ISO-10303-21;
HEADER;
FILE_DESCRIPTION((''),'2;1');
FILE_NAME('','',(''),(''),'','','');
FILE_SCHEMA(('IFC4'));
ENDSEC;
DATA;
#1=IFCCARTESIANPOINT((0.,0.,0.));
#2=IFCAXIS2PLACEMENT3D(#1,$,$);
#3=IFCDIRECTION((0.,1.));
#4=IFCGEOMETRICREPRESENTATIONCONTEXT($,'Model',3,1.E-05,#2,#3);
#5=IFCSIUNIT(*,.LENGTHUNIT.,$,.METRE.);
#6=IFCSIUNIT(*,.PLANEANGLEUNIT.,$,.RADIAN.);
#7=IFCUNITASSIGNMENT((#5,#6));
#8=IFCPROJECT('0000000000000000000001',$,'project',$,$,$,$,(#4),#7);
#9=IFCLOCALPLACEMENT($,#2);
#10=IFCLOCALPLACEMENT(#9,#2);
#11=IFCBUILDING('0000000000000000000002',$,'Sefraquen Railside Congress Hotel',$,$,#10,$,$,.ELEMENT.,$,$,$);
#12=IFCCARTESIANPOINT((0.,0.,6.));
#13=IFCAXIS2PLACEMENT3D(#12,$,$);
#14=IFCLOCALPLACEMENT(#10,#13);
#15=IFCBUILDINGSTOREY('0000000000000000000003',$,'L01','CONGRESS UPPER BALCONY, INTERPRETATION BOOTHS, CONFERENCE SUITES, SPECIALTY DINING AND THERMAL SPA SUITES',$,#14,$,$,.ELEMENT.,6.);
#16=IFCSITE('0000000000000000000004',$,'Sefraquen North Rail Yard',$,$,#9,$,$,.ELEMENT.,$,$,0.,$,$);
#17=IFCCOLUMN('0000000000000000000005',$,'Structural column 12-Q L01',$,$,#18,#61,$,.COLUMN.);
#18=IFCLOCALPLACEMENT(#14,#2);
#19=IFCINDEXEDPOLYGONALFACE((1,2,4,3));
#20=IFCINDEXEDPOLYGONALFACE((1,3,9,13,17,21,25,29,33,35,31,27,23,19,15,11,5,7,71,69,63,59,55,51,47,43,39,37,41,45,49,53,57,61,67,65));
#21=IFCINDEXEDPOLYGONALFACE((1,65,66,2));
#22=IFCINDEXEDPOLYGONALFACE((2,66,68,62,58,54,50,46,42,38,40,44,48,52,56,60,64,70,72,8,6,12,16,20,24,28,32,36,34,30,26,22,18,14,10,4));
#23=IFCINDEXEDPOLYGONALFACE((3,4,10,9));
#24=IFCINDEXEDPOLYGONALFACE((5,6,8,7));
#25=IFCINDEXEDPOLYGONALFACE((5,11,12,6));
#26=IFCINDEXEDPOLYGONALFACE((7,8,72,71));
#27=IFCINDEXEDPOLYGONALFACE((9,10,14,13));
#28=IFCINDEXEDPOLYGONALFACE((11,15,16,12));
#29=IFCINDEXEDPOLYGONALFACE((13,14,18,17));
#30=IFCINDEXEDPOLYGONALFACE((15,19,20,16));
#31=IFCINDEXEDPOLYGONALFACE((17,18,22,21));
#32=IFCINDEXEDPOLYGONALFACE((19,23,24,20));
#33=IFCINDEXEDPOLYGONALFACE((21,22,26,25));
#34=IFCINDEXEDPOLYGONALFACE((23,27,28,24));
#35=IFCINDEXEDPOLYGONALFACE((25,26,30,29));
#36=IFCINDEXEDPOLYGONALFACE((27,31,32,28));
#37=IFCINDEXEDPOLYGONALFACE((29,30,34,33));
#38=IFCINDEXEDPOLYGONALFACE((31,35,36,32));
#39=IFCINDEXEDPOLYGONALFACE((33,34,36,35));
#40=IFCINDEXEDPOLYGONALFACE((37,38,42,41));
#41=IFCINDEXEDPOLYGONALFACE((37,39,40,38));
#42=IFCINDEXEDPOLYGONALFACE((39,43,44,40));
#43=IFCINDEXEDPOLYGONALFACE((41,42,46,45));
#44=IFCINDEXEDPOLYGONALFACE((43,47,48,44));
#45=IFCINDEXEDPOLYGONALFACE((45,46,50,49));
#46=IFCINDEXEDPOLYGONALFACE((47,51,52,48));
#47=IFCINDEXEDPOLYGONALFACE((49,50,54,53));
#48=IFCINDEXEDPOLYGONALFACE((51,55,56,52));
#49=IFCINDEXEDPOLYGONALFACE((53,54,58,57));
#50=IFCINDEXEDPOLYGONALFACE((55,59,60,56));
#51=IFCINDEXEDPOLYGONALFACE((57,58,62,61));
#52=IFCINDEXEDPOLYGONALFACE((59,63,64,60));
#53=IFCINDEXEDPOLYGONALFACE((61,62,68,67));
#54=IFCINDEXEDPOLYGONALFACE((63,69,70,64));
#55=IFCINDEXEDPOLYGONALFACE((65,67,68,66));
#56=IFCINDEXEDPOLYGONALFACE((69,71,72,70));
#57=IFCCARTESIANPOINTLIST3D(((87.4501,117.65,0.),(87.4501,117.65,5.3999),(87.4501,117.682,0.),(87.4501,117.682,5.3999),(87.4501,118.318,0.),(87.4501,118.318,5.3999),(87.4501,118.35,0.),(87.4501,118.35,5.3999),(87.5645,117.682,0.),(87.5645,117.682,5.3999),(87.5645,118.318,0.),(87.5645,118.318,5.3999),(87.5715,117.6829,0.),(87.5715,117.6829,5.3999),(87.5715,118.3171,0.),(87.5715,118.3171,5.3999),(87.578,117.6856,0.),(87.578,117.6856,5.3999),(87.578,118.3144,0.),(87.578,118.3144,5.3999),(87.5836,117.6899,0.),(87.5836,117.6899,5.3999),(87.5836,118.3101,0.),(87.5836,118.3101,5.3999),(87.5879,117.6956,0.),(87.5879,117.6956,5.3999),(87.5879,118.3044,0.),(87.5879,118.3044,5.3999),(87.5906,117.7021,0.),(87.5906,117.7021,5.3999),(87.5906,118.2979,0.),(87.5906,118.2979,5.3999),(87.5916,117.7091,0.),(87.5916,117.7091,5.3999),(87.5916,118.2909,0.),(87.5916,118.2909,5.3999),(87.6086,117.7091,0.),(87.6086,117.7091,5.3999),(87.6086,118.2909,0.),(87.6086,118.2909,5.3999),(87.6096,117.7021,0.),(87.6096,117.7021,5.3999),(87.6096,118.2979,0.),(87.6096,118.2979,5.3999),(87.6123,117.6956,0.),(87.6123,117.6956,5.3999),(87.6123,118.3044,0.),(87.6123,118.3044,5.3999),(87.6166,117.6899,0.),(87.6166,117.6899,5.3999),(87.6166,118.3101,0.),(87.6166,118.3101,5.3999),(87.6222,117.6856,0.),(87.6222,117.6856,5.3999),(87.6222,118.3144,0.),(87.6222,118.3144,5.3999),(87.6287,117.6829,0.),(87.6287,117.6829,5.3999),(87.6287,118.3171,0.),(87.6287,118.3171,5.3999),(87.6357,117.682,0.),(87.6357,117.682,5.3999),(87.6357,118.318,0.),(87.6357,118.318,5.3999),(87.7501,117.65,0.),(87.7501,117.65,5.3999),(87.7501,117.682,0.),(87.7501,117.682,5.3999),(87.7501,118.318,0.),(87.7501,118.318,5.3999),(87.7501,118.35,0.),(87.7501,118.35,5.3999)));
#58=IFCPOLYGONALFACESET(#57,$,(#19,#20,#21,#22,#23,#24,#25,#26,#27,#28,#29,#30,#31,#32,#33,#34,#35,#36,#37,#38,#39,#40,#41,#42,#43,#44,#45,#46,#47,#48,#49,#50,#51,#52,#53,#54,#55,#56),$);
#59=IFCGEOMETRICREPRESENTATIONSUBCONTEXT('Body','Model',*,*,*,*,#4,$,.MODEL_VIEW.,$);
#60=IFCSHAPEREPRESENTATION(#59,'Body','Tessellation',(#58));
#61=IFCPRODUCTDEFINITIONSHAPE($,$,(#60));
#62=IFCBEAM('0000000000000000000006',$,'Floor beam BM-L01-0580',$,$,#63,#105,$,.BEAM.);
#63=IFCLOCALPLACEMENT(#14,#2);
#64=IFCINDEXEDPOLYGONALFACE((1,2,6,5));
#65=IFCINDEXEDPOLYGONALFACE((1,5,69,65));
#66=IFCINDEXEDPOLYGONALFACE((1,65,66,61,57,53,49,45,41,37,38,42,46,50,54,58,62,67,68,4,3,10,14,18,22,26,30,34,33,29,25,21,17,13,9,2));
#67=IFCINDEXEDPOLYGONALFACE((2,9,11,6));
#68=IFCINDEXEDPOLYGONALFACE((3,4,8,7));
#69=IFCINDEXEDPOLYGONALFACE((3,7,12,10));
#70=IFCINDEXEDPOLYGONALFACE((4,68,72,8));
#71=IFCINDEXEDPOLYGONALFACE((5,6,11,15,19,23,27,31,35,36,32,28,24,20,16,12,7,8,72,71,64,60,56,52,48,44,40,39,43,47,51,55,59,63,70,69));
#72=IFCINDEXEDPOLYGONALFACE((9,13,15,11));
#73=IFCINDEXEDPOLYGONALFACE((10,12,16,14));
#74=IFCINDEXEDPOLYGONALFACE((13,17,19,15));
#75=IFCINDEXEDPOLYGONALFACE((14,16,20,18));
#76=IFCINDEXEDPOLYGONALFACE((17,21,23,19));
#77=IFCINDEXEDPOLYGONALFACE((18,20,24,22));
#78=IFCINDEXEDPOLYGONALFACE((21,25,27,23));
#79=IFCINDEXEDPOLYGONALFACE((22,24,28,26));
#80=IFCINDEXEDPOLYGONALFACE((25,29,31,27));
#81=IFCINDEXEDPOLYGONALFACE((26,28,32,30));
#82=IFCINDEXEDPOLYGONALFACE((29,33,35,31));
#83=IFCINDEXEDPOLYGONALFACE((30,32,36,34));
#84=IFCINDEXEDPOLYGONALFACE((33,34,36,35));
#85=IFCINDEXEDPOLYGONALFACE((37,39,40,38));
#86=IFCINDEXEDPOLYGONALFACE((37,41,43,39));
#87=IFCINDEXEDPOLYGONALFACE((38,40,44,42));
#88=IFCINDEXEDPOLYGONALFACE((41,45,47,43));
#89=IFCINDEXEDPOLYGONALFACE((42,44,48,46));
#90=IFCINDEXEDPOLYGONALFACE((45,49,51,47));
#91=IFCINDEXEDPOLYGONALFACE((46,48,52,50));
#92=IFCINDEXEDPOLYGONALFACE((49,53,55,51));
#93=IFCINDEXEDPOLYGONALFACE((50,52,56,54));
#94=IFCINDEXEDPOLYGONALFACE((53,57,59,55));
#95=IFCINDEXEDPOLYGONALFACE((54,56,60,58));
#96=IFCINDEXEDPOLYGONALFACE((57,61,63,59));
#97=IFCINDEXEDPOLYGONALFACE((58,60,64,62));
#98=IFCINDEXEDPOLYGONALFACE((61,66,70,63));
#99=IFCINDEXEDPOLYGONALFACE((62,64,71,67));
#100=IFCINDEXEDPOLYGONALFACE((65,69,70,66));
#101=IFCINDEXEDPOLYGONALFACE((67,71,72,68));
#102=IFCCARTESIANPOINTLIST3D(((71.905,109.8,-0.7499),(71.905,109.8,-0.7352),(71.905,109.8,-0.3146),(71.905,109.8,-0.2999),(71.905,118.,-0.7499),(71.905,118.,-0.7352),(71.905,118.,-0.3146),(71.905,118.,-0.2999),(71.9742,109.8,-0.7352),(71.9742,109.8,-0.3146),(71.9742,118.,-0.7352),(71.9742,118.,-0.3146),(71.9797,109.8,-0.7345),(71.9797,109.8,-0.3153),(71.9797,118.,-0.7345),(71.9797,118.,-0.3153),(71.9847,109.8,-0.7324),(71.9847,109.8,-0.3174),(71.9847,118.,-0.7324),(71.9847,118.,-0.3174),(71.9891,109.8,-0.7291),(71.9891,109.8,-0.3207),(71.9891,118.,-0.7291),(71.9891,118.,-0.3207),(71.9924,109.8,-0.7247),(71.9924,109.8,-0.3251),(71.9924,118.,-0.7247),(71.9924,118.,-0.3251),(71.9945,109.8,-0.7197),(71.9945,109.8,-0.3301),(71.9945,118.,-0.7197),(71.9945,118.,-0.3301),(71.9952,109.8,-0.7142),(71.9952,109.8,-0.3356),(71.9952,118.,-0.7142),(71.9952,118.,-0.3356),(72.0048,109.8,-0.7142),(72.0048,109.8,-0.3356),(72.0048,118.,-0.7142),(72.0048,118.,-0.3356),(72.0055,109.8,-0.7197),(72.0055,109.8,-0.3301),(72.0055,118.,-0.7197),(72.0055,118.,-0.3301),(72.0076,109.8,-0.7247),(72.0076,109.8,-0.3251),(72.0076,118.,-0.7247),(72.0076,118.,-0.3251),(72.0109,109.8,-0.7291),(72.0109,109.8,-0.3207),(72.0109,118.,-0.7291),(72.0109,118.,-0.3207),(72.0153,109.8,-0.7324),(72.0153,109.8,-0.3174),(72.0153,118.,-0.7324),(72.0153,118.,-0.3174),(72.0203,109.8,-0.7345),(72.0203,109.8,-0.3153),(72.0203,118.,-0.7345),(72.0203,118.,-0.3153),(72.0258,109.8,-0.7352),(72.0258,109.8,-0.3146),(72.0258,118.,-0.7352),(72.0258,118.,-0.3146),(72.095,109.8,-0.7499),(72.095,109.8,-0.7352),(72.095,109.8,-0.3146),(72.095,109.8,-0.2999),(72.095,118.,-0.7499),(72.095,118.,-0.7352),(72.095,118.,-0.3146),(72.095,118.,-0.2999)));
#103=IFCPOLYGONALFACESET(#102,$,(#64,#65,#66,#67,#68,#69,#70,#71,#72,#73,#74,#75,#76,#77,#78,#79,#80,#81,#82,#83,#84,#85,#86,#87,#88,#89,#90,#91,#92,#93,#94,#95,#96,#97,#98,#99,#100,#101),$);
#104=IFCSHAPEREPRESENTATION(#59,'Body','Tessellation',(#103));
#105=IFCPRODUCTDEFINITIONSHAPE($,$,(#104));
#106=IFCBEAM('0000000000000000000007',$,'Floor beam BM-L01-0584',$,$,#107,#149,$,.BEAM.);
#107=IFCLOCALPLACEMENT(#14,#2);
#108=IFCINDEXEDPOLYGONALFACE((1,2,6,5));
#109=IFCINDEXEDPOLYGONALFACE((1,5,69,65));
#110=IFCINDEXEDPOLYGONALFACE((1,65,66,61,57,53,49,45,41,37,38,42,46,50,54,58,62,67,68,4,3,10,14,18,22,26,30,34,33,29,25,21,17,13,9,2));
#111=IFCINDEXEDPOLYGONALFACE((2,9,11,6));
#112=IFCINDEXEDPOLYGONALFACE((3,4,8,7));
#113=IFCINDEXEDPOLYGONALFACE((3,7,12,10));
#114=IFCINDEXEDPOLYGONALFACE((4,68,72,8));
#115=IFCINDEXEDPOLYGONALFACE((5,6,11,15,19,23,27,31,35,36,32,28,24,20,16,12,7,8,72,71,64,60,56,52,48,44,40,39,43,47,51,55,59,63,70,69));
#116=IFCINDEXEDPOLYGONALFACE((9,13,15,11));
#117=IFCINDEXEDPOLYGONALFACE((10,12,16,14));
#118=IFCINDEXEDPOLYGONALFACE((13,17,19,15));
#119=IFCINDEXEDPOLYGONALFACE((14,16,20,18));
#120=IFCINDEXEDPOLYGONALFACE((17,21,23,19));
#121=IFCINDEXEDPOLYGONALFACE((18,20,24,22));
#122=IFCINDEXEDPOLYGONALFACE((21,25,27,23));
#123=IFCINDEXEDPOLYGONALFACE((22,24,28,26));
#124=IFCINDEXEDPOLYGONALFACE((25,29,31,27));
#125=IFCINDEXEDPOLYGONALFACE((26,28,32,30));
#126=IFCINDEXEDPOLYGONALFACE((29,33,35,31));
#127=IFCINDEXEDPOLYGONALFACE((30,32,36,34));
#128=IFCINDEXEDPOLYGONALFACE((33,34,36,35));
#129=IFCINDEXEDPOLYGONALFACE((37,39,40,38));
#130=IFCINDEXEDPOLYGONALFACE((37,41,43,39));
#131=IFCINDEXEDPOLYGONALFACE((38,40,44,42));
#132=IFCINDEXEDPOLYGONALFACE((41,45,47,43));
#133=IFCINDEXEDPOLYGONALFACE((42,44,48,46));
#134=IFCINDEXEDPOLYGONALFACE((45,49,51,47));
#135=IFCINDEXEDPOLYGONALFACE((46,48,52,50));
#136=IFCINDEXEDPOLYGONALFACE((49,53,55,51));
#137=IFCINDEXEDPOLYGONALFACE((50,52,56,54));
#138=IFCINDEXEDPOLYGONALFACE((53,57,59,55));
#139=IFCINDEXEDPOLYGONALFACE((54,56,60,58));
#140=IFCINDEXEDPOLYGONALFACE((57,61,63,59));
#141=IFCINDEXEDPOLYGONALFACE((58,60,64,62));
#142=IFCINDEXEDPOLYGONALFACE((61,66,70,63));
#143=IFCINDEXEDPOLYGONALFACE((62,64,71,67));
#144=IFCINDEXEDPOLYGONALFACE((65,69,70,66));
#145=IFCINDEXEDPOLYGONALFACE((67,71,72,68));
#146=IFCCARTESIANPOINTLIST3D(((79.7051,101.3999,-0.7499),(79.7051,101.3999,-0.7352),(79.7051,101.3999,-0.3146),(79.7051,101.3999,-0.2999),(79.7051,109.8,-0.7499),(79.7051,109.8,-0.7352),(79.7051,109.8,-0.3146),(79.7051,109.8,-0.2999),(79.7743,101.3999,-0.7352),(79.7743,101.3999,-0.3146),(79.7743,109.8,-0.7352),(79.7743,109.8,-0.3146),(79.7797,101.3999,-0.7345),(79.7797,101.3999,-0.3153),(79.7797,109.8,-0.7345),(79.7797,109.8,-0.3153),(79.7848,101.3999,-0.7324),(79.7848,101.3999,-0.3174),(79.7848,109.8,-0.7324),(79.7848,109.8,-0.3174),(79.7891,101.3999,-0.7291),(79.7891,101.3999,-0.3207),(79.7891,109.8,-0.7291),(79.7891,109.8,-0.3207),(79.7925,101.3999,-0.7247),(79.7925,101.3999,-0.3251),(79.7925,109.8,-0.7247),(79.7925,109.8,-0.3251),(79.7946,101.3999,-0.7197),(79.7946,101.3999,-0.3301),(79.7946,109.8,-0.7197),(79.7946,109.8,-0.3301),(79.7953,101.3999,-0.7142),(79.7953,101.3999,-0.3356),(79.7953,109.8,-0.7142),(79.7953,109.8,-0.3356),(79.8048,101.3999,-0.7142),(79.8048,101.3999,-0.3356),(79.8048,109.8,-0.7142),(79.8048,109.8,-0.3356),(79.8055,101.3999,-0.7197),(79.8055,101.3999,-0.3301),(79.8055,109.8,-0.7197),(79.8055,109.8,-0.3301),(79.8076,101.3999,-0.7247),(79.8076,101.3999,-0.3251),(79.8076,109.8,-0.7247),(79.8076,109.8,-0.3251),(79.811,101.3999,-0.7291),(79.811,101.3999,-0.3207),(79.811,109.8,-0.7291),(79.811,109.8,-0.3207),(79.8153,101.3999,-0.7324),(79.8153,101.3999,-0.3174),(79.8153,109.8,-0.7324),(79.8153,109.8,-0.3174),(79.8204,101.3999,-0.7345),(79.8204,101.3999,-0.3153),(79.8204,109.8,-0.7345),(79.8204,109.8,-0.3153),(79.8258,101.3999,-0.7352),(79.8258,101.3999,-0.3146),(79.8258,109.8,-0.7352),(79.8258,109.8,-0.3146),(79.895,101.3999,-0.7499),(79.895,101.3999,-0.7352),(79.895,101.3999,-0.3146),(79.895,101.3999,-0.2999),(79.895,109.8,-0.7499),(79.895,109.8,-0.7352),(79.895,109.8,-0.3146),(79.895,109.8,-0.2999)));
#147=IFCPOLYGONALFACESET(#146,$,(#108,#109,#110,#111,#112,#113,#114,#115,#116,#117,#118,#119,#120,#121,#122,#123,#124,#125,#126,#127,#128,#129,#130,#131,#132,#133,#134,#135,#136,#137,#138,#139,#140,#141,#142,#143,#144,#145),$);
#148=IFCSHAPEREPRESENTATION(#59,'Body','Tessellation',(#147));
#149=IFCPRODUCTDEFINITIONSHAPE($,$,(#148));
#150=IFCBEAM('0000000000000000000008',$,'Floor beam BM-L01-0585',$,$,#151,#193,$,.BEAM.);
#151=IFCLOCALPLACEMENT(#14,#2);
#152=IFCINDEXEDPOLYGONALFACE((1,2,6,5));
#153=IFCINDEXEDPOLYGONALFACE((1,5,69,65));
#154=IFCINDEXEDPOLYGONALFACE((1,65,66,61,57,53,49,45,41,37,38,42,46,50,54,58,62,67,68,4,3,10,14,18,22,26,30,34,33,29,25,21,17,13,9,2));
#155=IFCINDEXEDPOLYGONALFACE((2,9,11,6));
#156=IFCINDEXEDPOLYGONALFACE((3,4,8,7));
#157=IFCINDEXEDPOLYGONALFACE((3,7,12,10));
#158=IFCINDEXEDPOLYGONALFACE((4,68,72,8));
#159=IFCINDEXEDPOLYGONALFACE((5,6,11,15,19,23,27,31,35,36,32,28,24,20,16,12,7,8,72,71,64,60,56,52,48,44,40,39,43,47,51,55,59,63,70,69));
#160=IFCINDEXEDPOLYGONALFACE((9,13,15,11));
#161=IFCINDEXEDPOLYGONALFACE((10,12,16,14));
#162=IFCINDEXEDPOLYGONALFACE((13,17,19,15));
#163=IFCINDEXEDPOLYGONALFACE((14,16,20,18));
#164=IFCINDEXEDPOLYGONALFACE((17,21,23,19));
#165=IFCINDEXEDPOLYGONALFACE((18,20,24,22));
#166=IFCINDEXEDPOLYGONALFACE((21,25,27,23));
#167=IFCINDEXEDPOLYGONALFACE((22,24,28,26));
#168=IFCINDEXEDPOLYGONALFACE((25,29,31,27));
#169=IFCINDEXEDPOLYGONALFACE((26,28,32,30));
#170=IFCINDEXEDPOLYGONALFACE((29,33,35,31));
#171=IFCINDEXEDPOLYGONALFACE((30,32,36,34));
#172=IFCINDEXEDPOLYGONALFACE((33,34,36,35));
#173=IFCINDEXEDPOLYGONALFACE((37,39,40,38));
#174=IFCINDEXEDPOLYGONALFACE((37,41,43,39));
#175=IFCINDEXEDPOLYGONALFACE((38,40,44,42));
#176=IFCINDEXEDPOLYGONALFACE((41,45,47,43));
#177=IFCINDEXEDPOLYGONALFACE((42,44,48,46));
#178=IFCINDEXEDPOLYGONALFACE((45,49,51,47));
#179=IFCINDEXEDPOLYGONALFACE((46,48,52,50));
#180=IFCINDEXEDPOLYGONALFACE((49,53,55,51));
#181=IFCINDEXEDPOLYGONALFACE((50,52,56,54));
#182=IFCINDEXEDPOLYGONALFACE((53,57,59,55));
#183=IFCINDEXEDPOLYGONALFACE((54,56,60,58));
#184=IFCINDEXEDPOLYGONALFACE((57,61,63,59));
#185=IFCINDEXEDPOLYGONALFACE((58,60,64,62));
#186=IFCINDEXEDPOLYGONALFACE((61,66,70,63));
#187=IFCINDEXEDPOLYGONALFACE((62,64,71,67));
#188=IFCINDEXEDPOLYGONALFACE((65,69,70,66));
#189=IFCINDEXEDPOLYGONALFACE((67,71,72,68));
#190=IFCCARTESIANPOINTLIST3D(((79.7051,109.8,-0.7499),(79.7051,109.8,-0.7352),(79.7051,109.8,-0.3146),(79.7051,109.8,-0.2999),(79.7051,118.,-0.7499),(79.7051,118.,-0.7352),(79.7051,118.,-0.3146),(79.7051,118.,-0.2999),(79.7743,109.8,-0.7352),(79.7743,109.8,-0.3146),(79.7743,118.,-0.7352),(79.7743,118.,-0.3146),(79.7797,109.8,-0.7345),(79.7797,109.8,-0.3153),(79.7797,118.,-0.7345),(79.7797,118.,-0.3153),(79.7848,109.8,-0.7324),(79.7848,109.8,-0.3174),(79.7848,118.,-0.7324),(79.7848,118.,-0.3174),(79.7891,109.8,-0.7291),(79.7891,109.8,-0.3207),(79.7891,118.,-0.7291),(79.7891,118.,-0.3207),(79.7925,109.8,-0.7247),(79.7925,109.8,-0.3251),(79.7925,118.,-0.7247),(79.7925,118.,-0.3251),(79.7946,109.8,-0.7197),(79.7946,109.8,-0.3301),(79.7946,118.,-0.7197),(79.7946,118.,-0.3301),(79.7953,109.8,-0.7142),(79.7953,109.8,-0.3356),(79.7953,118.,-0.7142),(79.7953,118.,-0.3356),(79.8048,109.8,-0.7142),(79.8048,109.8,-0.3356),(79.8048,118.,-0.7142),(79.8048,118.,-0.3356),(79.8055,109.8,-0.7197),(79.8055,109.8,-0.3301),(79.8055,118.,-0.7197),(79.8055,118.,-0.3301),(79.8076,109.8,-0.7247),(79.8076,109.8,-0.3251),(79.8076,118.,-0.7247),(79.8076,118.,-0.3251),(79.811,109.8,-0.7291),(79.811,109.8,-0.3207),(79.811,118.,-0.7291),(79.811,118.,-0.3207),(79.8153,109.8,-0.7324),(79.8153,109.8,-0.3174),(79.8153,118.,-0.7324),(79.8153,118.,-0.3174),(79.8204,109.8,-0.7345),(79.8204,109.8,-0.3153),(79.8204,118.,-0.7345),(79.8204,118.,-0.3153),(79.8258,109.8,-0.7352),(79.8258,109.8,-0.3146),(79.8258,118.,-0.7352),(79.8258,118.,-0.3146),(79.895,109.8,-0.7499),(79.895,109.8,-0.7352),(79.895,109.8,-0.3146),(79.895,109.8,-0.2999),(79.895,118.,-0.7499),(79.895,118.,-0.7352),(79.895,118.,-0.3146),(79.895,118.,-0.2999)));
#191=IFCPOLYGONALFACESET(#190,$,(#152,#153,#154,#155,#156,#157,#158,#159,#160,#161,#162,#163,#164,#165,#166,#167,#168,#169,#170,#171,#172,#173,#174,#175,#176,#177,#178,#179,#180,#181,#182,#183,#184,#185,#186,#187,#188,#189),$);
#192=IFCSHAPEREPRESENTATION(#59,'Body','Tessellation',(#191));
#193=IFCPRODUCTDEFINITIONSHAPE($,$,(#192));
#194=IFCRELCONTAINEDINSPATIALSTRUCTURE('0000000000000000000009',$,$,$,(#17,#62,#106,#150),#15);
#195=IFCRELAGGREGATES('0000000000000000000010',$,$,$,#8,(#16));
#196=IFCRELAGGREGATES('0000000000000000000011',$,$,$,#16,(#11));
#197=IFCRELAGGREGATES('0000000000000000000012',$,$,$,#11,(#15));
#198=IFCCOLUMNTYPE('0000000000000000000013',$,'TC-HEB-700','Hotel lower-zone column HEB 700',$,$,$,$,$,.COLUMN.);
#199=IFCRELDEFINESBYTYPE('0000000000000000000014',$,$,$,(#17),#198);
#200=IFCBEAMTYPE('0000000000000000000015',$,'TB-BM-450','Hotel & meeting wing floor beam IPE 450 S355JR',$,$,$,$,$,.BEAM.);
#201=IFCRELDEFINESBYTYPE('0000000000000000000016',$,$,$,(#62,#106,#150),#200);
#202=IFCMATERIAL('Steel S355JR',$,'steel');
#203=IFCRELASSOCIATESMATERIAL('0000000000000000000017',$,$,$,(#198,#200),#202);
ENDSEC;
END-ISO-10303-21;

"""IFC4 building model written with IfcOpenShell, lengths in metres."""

from ifc_helpers import new_model, si_unit, direction, frame, origin, origin_2d, place, context, subcontext, project, spatial, i_section, extrude, material, material_profile, profile_set, type_object, element, save


model = new_model("IFC4")

# Units and contexts
model_context = context("Model", 3, precision=1e-05, world=origin(), true_north=direction((0.0, 1.0)))
body_context = subcontext(model_context, "Body", "Model", "MODEL_VIEW")
ifc_project = project(units=[si_unit("LENGTHUNIT", "METRE"), si_unit("PLANEANGLEUNIT", "RADIAN")], contexts=[model_context])

# Site, building, storey
site_placement = place(None, origin())
site = spatial("IfcSite", under=ifc_project, at=site_placement, Name="Sefraquen North Rail Yard", CompositionType="ELEMENT", RefElevation=0.0)
building_placement = place(site_placement, origin())
building = spatial("IfcBuilding", under=site, at=building_placement, Name="Sefraquen Railside Congress Hotel", CompositionType="ELEMENT")
storey_placement = place(building_placement, frame((0.0, 0.0, 6.0)))
storey = spatial("IfcBuildingStorey", under=building, at=storey_placement, Name="L01", Description="CONGRESS UPPER BALCONY, INTERPRETATION BOOTHS, CONFERENCE SUITES, SPECIALTY DINING AND THERMAL SPA SUITES", CompositionType="ELEMENT", Elevation=6.0)

# Column
ifc_material_1 = material(Name="Steel S355JR", Category="steel")
ifc_material_profile_1 = material_profile(ifc_material_1, i_section(OverallWidth=0.3, OverallDepth=0.7, WebThickness=0.0171, FlangeThickness=0.032, FilletRadius=0.0271, at=origin_2d()), Name="HEB 700")
ifc_profile_set_1 = profile_set([ifc_material_profile_1], Name="Steel S355JR")
column_type_1 = type_object("IfcColumnType", Name="TC-HEB-700", Description="Hotel lower-zone column HEB 700", PredefinedType="COLUMN", material=ifc_profile_set_1)
for number, where, z_axis, x_axis, name in (
    (1, (87.6001, 118.0, 0.0), (0.0, 0.0, 1.0), (1.0, 0.0, 0.0), "Structural column 12-Q L01"),
):
    element("IfcColumn", number, at=place(storey_placement, frame(where, z_axis=z_axis, x_axis=x_axis)), inside=storey, type_object=column_type_1, Name=name, PredefinedType="COLUMN", context=body_context, shape_type="SweptSolid", body=[
        extrude(i_section(OverallWidth=0.3, OverallDepth=0.7, WebThickness=0.0171, FlangeThickness=0.032, FilletRadius=0.0271, at=origin_2d()), origin(), (0.0, 0.0, 1.0), 5.3999),
    ])

# Beams
ifc_material_profile_2 = material_profile(ifc_material_1, i_section(OverallWidth=0.1899, OverallDepth=0.45, WebThickness=0.0095, FlangeThickness=0.0146, FilletRadius=0.021, at=origin_2d()), Name="IPE 450")
ifc_profile_set_2 = profile_set([ifc_material_profile_2], Name="Steel S355JR")
beam_type_1 = type_object("IfcBeamType", Name="TB-BM-450", Description="Hotel & meeting wing floor beam IPE 450 S355JR", PredefinedType="BEAM", material=ifc_profile_set_2)
beam_1_placement = place(storey_placement, frame((72.0, 109.8, -0.5249), z_axis=(0.0, 1.0, 0.0), x_axis=(-1.0, 0.0, 0.0)))
element("IfcBeam", 2, at=beam_1_placement, inside=storey, type_object=beam_type_1, Name="Floor beam BM-L01-0580", PredefinedType="BEAM", context=body_context, shape_type="SweptSolid", body=[
    extrude(i_section(OverallWidth=0.1899, OverallDepth=0.45, WebThickness=0.0095, FlangeThickness=0.0146, FilletRadius=0.021, at=origin_2d()), origin(), (0.0, 0.0, 1.0), 8.2),
])
beam_2_placement = place(storey_placement, frame((79.8, 101.3999, -0.5249), z_axis=(0.0, 1.0, 0.0), x_axis=(-1.0, 0.0, 0.0)))
element("IfcBeam", 3, at=beam_2_placement, inside=storey, type_object=beam_type_1, Name="Floor beam BM-L01-0584", PredefinedType="BEAM", context=body_context, shape_type="SweptSolid", body=[
    extrude(i_section(OverallWidth=0.1899, OverallDepth=0.45, WebThickness=0.0095, FlangeThickness=0.0146, FilletRadius=0.021, at=origin_2d()), origin(), (0.0, 0.0, 1.0), 8.4001),
])
beam_3_placement = place(storey_placement, frame((79.8, 109.8, -0.5249), z_axis=(0.0, 1.0, 0.0), x_axis=(-1.0, 0.0, 0.0)))
element("IfcBeam", 4, at=beam_3_placement, inside=storey, type_object=beam_type_1, Name="Floor beam BM-L01-0585", PredefinedType="BEAM", context=body_context, shape_type="SweptSolid", body=[
    extrude(i_section(OverallWidth=0.1899, OverallDepth=0.45, WebThickness=0.0095, FlangeThickness=0.0146, FilletRadius=0.021, at=origin_2d()), origin(), (0.0, 0.0, 1.0), 8.2),
])

save(model, "model.ifc")
